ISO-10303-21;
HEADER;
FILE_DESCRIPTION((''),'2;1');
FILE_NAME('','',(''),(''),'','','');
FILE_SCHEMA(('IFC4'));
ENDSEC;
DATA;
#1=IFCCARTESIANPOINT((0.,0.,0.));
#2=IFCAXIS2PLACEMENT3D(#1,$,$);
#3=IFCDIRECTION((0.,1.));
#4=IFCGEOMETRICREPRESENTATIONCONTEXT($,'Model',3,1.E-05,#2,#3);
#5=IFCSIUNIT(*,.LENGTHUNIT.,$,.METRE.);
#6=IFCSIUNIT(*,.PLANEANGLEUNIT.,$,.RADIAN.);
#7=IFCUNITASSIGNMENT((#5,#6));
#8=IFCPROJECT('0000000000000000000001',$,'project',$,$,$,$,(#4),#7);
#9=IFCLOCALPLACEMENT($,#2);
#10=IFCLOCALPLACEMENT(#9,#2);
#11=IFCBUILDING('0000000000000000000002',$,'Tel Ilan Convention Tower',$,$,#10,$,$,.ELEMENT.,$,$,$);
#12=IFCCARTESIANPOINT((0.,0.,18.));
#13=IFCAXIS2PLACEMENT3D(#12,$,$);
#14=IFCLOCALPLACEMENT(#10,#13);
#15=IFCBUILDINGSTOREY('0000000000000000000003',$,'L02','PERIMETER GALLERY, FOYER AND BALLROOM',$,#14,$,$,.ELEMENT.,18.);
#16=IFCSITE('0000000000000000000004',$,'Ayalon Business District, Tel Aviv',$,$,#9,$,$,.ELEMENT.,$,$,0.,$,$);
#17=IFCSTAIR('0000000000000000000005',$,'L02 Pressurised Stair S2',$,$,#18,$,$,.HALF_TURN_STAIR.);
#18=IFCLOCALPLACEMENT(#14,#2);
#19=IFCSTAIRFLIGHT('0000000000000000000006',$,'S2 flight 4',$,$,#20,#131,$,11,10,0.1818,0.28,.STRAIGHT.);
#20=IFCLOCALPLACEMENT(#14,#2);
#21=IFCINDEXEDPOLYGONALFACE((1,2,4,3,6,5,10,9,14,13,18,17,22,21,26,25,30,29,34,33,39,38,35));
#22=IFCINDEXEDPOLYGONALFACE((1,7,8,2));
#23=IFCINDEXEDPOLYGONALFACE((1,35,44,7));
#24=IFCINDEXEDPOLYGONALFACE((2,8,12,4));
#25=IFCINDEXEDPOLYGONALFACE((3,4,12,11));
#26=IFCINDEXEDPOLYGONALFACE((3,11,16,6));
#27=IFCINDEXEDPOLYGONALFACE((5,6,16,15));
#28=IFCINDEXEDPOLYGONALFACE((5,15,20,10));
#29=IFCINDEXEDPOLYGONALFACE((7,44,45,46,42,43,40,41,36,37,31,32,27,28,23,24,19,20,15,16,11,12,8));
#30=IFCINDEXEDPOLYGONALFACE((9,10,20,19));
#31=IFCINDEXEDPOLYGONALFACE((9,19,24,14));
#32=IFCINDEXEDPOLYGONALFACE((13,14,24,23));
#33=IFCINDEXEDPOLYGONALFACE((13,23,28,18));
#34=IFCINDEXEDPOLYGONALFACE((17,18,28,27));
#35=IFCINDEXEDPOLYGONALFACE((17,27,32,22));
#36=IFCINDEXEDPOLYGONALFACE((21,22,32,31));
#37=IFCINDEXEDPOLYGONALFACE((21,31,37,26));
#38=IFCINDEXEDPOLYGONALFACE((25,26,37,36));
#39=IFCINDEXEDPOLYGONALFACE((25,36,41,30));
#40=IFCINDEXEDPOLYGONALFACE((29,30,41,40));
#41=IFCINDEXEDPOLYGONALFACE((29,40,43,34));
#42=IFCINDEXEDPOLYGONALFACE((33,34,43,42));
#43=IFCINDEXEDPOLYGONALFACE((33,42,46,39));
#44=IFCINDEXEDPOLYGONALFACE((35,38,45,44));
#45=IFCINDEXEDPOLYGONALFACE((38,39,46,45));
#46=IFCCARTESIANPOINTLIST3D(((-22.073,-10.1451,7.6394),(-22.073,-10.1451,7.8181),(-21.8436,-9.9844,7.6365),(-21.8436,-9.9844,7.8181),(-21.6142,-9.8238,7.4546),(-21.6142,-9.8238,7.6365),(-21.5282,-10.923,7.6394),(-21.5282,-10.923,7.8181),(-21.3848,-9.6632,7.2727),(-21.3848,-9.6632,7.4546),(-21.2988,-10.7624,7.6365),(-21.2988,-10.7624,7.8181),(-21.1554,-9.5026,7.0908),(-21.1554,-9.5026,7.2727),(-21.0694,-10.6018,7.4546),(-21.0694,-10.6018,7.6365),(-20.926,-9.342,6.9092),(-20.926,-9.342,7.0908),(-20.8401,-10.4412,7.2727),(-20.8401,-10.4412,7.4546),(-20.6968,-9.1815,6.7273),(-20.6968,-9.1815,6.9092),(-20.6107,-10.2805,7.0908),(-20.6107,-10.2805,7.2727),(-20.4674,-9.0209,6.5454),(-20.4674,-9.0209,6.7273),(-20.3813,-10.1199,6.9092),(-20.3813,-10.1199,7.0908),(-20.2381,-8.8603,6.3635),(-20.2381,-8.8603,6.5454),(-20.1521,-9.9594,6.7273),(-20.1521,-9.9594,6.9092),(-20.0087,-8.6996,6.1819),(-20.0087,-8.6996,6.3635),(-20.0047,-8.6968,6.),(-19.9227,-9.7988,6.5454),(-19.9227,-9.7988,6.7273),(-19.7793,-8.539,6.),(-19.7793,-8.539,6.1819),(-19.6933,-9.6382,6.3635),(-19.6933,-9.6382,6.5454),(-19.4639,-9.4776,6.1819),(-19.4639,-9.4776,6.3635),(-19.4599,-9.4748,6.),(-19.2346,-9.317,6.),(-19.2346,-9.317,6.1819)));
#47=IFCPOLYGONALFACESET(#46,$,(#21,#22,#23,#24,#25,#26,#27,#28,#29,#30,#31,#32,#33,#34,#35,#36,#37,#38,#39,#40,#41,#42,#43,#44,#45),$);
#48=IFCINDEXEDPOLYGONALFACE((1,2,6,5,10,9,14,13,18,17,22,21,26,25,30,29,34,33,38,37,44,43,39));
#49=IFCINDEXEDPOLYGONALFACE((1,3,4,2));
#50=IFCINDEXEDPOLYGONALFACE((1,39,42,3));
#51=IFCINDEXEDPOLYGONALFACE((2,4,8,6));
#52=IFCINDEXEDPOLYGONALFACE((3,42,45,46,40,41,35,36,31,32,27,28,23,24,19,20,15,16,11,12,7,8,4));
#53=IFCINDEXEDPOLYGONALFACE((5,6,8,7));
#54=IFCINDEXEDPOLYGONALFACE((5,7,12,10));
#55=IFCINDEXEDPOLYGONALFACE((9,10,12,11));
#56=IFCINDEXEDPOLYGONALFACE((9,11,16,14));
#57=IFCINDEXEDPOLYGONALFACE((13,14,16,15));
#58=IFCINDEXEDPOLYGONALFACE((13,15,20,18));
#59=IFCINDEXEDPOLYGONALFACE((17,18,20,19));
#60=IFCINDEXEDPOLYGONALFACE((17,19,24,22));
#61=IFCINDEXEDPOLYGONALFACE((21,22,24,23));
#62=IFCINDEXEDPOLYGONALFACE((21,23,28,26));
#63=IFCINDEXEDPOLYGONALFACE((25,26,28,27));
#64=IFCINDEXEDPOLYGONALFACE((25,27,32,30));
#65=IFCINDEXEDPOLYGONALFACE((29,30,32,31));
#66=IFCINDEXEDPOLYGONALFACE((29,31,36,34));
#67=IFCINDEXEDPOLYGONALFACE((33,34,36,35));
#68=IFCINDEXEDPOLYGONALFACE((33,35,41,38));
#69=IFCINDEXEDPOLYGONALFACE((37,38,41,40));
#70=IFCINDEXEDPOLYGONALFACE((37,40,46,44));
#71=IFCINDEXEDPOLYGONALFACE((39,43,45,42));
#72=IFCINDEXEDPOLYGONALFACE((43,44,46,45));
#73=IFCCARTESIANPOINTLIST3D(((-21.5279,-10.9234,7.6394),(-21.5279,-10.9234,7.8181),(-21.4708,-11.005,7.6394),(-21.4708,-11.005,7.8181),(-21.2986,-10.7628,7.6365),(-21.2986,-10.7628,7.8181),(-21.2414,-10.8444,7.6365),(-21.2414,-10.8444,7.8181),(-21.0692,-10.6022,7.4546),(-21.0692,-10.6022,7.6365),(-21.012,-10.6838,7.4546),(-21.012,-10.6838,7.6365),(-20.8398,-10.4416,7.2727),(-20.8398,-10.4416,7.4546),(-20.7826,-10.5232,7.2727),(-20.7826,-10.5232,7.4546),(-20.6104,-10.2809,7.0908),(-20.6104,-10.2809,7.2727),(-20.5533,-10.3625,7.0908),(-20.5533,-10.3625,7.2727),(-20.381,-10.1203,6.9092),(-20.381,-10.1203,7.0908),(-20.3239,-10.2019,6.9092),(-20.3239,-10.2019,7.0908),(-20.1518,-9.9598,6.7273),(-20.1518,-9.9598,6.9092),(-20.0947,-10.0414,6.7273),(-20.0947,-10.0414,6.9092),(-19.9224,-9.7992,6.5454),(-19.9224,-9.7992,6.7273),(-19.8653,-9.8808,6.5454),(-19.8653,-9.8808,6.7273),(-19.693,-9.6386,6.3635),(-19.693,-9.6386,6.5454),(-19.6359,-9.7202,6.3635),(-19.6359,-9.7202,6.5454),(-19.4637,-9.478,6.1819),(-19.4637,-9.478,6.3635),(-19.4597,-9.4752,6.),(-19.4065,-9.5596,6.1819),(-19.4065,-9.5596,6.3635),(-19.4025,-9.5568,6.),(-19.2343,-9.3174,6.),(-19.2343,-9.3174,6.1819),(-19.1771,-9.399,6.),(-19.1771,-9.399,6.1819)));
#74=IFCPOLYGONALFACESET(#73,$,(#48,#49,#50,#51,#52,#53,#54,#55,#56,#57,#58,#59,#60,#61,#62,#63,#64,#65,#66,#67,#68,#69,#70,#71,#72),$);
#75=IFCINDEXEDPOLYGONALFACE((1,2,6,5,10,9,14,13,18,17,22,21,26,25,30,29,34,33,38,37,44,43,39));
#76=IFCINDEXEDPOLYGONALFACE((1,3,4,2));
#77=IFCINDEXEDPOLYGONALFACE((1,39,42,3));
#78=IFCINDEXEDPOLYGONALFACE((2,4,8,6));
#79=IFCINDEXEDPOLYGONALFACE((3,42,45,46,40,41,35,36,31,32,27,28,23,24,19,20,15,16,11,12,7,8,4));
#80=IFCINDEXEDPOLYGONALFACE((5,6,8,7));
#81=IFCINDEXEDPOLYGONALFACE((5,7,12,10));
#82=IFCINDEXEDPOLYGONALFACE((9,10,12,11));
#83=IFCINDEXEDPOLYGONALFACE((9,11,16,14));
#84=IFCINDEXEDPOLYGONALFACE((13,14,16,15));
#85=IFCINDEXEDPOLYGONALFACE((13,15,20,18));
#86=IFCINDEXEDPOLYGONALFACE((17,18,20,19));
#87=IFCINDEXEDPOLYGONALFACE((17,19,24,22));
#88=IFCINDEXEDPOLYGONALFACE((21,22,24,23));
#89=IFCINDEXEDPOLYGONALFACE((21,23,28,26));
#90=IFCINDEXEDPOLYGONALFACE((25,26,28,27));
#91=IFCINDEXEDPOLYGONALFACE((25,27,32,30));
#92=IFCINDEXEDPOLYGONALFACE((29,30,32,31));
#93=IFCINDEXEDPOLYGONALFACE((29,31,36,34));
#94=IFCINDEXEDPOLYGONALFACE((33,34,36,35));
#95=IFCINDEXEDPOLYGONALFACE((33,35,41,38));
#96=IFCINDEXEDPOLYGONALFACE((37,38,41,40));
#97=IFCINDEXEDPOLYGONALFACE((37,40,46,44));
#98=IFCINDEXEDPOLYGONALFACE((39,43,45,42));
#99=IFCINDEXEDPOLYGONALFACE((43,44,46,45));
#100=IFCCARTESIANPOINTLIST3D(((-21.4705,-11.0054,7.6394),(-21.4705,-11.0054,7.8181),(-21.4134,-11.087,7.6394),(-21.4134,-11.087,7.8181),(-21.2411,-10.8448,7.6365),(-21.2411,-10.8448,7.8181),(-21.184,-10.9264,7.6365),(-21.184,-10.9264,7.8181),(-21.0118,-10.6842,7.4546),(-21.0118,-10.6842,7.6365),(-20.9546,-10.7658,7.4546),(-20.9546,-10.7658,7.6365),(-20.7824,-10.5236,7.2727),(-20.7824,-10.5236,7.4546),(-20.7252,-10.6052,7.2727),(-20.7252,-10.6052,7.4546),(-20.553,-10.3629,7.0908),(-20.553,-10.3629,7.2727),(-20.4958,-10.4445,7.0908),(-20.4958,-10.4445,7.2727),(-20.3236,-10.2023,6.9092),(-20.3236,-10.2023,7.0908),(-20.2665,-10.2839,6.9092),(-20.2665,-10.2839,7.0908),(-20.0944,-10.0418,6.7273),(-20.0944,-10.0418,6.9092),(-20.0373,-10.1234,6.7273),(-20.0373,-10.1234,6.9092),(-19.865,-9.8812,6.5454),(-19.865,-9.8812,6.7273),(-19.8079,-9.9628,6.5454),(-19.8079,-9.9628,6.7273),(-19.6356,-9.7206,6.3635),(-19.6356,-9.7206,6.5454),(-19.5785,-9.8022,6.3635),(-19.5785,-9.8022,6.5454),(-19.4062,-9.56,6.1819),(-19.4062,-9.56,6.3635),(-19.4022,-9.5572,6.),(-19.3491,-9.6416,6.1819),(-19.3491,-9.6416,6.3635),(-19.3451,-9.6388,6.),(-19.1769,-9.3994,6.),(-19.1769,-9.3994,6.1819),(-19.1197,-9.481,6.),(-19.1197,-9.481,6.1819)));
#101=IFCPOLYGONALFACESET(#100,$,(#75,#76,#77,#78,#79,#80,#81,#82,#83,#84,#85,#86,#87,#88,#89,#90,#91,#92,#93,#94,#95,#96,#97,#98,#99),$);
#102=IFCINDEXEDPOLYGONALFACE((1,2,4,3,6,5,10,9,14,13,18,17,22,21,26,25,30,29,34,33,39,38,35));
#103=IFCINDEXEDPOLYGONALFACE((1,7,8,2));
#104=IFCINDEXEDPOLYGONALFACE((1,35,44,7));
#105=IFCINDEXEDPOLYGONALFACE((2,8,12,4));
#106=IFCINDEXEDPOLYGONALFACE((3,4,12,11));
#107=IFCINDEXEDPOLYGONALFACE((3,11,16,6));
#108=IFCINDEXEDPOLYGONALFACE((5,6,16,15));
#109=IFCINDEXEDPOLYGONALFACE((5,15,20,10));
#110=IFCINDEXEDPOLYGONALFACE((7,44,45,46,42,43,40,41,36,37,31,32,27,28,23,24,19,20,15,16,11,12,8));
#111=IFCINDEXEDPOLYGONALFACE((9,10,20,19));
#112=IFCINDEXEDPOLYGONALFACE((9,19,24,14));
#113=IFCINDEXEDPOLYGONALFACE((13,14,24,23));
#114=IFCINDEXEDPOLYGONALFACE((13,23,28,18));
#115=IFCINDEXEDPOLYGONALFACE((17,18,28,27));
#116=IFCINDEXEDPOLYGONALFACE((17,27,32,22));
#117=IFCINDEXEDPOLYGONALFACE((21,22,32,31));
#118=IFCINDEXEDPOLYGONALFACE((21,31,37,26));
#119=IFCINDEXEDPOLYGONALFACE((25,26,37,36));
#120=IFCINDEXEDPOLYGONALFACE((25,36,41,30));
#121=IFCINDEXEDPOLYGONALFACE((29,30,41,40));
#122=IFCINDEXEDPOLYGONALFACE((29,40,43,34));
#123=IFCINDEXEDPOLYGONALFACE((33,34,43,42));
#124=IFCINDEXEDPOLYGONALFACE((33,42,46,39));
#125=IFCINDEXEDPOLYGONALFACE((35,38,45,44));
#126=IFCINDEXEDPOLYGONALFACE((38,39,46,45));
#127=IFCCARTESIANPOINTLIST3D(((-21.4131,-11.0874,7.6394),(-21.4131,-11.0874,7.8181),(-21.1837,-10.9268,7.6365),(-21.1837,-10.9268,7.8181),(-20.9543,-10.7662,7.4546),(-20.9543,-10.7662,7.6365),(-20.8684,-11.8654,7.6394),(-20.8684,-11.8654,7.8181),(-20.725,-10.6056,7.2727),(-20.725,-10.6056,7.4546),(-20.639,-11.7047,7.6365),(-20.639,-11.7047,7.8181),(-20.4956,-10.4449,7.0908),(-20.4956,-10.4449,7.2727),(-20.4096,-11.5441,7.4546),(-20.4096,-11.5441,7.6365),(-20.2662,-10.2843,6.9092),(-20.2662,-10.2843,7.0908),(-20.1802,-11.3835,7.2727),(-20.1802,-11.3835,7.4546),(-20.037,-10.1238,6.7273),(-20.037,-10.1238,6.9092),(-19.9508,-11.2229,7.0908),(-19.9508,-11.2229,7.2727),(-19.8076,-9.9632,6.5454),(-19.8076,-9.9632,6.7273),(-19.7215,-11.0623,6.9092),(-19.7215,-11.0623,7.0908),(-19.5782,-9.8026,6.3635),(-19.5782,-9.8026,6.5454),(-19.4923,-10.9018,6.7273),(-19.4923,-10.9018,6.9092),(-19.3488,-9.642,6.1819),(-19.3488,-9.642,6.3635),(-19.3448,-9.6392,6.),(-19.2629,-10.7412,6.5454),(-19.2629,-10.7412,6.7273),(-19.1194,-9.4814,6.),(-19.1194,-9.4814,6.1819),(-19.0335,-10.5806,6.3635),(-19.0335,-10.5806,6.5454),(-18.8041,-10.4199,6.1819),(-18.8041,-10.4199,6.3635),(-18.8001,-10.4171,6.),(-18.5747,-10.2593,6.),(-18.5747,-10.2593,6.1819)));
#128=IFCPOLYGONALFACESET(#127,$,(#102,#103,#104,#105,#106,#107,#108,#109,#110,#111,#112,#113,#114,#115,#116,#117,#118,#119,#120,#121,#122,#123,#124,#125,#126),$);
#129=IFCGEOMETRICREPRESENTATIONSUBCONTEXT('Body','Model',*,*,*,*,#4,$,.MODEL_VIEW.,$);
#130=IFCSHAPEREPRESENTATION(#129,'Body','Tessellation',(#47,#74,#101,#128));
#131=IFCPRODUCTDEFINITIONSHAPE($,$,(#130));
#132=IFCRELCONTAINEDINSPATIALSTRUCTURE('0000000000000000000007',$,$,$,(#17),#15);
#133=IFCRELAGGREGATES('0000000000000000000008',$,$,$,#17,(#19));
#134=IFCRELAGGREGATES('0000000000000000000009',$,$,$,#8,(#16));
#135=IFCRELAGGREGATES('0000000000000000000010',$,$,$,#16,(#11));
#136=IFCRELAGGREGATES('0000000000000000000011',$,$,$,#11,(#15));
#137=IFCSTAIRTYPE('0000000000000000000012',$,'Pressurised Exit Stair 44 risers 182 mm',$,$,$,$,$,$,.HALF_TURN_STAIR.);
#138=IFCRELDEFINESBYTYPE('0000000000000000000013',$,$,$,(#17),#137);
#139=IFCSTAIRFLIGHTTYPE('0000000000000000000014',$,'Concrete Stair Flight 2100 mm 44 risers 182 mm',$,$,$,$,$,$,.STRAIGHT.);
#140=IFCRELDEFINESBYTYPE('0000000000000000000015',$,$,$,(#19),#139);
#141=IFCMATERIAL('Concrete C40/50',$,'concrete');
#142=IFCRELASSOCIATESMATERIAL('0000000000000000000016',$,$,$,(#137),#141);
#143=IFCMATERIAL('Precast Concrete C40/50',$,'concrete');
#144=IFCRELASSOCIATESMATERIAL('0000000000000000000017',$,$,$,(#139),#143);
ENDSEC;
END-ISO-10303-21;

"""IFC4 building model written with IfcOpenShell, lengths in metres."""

from ifc_helpers import new_model, si_unit, direction, frame, origin, place, context, subcontext, project, spatial, polyline, outline, extrude, material, type_object, element, aggregate, save


model = new_model("IFC4")

# Units and contexts
model_context = context("Model", 3, precision=1e-05, world=origin(), true_north=direction((0.0, 1.0)))
body_context = subcontext(model_context, "Body", "Model", "MODEL_VIEW")
ifc_project = project(units=[si_unit("LENGTHUNIT", "METRE"), si_unit("PLANEANGLEUNIT", "RADIAN")], contexts=[model_context])

# Site, building, storey
site_placement = place(None, origin())
site = spatial("IfcSite", under=ifc_project, at=site_placement, Name="Ayalon Business District, Tel Aviv", CompositionType="ELEMENT", RefElevation=0.0)
building_placement = place(site_placement, origin())
building = spatial("IfcBuilding", under=site, at=building_placement, Name="Tel Ilan Convention Tower", CompositionType="ELEMENT")
storey_placement = place(building_placement, frame((0.0, 0.0, 18.0)))
storey = spatial("IfcBuildingStorey", under=building, at=storey_placement, Name="L02", Description="PERIMETER GALLERY, FOYER AND BALLROOM", CompositionType="ELEMENT", Elevation=18.0)

# Stair, stair flight
ifc_material_1 = material(Name="Concrete C40/50", Category="concrete")
stair_type = type_object("IfcStairType", Name="Pressurised Exit Stair 44 risers 182 mm", PredefinedType="HALF_TURN_STAIR", material=ifc_material_1)
stair_placement = place(storey_placement, origin())
stair = element("IfcStair", 1, at=stair_placement, inside=storey, type_object=stair_type, Name="L02 Pressurised Stair S2", PredefinedType="HALF_TURN_STAIR")
ifc_material_2 = material(Name="Precast Concrete C40/50", Category="concrete")
stair_flight_type = type_object("IfcStairFlightType", Name="Concrete Stair Flight 2100 mm 44 risers 182 mm", PredefinedType="STRAIGHT", material=ifc_material_2)
stair_flight_1_placement = place(storey_placement, frame((-19.177, -9.3992, 6.0), z_axis=(0.0, 0.0, 1.0), x_axis=(-0.819152, -0.573576, 0.0)))
stair_flight_1 = element("IfcStairFlight", 2, at=stair_flight_1_placement, type_object=stair_flight_type, Name="S2 flight 4", NumberOfRisers=11, NumberOfTreads=10, PredefinedType="STRAIGHT", RiserHeight=0.1818, TreadLength=0.28, context=body_context, shape_type="SweptSolid", body=[
    extrude(outline(polyline([(0.0, 0.0), (0.0, 0.1819), (0.28, 0.1819), (0.28, 0.3635), (0.5601, 0.3635), (0.5601, 0.5454), (0.8401, 0.5454), (0.8401, 0.7273), (1.1201, 0.7273), (1.1201, 0.9092), (1.3999, 0.9092), (1.3999, 1.0908), (1.6799, 1.0908), (1.6799, 1.2727), (1.96, 1.2727), (1.96, 1.4546), (2.24, 1.4546), (2.24, 1.6365), (2.52, 1.6365), (2.52, 1.8181), (2.8, 1.8181), (2.8, 2.0), (2.8, 1.6394), (0.2751, 0.0), (0.0, 0.0)])), frame((0.0, -0.1003, 0.0), z_axis=(0.0, -1.0, 0.0), x_axis=(1.0, 0.0, 0.0)), (0.0, 0.0, 1.0), 0.9497),
    extrude(outline(polyline([(0.0, 0.0), (0.0, 0.1819), (0.28, 0.1819), (0.28, 0.3635), (0.5601, 0.3635), (0.5601, 0.5454), (0.8401, 0.5454), (0.8401, 0.7273), (1.1201, 0.7273), (1.1201, 0.9092), (1.3999, 0.9092), (1.3999, 1.0908), (1.6799, 1.0908), (1.6799, 1.2727), (1.96, 1.2727), (1.96, 1.4546), (2.24, 1.4546), (2.24, 1.6365), (2.52, 1.6365), (2.52, 1.8181), (2.8, 1.8181), (2.8, 2.0), (2.8, 1.6394), (0.2751, 0.0), (0.0, 0.0)])), frame((0.0, -0.0002, 0.0), z_axis=(0.0, -1.0, 0.0), x_axis=(1.0, 0.0, 0.0)), (0.0, 0.0, 1.0), 0.0996),
    extrude(outline(polyline([(0.0, 0.0), (0.0, 0.1819), (0.28, 0.1819), (0.28, 0.3635), (0.5601, 0.3635), (0.5601, 0.5454), (0.8401, 0.5454), (0.8401, 0.7273), (1.1201, 0.7273), (1.1201, 0.9092), (1.3999, 0.9092), (1.3999, 1.0908), (1.6799, 1.0908), (1.6799, 1.2727), (1.96, 1.2727), (1.96, 1.4546), (2.24, 1.4546), (2.24, 1.6365), (2.52, 1.6365), (2.52, 1.8181), (2.8, 1.8181), (2.8, 2.0), (2.8, 1.6394), (0.2751, 0.0), (0.0, 0.0)])), frame((0.0, 0.0999, 0.0), z_axis=(0.0, -1.0, 0.0), x_axis=(1.0, 0.0, 0.0)), (0.0, 0.0, 1.0), 0.0996),
    extrude(outline(polyline([(0.0, 0.0), (0.0, 0.1819), (0.28, 0.1819), (0.28, 0.3635), (0.5601, 0.3635), (0.5601, 0.5454), (0.8401, 0.5454), (0.8401, 0.7273), (1.1201, 0.7273), (1.1201, 0.9092), (1.3999, 0.9092), (1.3999, 1.0908), (1.6799, 1.0908), (1.6799, 1.2727), (1.96, 1.2727), (1.96, 1.4546), (2.24, 1.4546), (2.24, 1.6365), (2.52, 1.6365), (2.52, 1.8181), (2.8, 1.8181), (2.8, 2.0), (2.8, 1.6394), (0.2751, 0.0), (0.0, 0.0)])), frame((0.0, 1.05, 0.0), z_axis=(0.0, -1.0, 0.0), x_axis=(1.0, 0.0, 0.0)), (0.0, 0.0, 1.0), 0.9497),
])
aggregate(stair, [stair_flight_1])

save(model, "model.ifc")
